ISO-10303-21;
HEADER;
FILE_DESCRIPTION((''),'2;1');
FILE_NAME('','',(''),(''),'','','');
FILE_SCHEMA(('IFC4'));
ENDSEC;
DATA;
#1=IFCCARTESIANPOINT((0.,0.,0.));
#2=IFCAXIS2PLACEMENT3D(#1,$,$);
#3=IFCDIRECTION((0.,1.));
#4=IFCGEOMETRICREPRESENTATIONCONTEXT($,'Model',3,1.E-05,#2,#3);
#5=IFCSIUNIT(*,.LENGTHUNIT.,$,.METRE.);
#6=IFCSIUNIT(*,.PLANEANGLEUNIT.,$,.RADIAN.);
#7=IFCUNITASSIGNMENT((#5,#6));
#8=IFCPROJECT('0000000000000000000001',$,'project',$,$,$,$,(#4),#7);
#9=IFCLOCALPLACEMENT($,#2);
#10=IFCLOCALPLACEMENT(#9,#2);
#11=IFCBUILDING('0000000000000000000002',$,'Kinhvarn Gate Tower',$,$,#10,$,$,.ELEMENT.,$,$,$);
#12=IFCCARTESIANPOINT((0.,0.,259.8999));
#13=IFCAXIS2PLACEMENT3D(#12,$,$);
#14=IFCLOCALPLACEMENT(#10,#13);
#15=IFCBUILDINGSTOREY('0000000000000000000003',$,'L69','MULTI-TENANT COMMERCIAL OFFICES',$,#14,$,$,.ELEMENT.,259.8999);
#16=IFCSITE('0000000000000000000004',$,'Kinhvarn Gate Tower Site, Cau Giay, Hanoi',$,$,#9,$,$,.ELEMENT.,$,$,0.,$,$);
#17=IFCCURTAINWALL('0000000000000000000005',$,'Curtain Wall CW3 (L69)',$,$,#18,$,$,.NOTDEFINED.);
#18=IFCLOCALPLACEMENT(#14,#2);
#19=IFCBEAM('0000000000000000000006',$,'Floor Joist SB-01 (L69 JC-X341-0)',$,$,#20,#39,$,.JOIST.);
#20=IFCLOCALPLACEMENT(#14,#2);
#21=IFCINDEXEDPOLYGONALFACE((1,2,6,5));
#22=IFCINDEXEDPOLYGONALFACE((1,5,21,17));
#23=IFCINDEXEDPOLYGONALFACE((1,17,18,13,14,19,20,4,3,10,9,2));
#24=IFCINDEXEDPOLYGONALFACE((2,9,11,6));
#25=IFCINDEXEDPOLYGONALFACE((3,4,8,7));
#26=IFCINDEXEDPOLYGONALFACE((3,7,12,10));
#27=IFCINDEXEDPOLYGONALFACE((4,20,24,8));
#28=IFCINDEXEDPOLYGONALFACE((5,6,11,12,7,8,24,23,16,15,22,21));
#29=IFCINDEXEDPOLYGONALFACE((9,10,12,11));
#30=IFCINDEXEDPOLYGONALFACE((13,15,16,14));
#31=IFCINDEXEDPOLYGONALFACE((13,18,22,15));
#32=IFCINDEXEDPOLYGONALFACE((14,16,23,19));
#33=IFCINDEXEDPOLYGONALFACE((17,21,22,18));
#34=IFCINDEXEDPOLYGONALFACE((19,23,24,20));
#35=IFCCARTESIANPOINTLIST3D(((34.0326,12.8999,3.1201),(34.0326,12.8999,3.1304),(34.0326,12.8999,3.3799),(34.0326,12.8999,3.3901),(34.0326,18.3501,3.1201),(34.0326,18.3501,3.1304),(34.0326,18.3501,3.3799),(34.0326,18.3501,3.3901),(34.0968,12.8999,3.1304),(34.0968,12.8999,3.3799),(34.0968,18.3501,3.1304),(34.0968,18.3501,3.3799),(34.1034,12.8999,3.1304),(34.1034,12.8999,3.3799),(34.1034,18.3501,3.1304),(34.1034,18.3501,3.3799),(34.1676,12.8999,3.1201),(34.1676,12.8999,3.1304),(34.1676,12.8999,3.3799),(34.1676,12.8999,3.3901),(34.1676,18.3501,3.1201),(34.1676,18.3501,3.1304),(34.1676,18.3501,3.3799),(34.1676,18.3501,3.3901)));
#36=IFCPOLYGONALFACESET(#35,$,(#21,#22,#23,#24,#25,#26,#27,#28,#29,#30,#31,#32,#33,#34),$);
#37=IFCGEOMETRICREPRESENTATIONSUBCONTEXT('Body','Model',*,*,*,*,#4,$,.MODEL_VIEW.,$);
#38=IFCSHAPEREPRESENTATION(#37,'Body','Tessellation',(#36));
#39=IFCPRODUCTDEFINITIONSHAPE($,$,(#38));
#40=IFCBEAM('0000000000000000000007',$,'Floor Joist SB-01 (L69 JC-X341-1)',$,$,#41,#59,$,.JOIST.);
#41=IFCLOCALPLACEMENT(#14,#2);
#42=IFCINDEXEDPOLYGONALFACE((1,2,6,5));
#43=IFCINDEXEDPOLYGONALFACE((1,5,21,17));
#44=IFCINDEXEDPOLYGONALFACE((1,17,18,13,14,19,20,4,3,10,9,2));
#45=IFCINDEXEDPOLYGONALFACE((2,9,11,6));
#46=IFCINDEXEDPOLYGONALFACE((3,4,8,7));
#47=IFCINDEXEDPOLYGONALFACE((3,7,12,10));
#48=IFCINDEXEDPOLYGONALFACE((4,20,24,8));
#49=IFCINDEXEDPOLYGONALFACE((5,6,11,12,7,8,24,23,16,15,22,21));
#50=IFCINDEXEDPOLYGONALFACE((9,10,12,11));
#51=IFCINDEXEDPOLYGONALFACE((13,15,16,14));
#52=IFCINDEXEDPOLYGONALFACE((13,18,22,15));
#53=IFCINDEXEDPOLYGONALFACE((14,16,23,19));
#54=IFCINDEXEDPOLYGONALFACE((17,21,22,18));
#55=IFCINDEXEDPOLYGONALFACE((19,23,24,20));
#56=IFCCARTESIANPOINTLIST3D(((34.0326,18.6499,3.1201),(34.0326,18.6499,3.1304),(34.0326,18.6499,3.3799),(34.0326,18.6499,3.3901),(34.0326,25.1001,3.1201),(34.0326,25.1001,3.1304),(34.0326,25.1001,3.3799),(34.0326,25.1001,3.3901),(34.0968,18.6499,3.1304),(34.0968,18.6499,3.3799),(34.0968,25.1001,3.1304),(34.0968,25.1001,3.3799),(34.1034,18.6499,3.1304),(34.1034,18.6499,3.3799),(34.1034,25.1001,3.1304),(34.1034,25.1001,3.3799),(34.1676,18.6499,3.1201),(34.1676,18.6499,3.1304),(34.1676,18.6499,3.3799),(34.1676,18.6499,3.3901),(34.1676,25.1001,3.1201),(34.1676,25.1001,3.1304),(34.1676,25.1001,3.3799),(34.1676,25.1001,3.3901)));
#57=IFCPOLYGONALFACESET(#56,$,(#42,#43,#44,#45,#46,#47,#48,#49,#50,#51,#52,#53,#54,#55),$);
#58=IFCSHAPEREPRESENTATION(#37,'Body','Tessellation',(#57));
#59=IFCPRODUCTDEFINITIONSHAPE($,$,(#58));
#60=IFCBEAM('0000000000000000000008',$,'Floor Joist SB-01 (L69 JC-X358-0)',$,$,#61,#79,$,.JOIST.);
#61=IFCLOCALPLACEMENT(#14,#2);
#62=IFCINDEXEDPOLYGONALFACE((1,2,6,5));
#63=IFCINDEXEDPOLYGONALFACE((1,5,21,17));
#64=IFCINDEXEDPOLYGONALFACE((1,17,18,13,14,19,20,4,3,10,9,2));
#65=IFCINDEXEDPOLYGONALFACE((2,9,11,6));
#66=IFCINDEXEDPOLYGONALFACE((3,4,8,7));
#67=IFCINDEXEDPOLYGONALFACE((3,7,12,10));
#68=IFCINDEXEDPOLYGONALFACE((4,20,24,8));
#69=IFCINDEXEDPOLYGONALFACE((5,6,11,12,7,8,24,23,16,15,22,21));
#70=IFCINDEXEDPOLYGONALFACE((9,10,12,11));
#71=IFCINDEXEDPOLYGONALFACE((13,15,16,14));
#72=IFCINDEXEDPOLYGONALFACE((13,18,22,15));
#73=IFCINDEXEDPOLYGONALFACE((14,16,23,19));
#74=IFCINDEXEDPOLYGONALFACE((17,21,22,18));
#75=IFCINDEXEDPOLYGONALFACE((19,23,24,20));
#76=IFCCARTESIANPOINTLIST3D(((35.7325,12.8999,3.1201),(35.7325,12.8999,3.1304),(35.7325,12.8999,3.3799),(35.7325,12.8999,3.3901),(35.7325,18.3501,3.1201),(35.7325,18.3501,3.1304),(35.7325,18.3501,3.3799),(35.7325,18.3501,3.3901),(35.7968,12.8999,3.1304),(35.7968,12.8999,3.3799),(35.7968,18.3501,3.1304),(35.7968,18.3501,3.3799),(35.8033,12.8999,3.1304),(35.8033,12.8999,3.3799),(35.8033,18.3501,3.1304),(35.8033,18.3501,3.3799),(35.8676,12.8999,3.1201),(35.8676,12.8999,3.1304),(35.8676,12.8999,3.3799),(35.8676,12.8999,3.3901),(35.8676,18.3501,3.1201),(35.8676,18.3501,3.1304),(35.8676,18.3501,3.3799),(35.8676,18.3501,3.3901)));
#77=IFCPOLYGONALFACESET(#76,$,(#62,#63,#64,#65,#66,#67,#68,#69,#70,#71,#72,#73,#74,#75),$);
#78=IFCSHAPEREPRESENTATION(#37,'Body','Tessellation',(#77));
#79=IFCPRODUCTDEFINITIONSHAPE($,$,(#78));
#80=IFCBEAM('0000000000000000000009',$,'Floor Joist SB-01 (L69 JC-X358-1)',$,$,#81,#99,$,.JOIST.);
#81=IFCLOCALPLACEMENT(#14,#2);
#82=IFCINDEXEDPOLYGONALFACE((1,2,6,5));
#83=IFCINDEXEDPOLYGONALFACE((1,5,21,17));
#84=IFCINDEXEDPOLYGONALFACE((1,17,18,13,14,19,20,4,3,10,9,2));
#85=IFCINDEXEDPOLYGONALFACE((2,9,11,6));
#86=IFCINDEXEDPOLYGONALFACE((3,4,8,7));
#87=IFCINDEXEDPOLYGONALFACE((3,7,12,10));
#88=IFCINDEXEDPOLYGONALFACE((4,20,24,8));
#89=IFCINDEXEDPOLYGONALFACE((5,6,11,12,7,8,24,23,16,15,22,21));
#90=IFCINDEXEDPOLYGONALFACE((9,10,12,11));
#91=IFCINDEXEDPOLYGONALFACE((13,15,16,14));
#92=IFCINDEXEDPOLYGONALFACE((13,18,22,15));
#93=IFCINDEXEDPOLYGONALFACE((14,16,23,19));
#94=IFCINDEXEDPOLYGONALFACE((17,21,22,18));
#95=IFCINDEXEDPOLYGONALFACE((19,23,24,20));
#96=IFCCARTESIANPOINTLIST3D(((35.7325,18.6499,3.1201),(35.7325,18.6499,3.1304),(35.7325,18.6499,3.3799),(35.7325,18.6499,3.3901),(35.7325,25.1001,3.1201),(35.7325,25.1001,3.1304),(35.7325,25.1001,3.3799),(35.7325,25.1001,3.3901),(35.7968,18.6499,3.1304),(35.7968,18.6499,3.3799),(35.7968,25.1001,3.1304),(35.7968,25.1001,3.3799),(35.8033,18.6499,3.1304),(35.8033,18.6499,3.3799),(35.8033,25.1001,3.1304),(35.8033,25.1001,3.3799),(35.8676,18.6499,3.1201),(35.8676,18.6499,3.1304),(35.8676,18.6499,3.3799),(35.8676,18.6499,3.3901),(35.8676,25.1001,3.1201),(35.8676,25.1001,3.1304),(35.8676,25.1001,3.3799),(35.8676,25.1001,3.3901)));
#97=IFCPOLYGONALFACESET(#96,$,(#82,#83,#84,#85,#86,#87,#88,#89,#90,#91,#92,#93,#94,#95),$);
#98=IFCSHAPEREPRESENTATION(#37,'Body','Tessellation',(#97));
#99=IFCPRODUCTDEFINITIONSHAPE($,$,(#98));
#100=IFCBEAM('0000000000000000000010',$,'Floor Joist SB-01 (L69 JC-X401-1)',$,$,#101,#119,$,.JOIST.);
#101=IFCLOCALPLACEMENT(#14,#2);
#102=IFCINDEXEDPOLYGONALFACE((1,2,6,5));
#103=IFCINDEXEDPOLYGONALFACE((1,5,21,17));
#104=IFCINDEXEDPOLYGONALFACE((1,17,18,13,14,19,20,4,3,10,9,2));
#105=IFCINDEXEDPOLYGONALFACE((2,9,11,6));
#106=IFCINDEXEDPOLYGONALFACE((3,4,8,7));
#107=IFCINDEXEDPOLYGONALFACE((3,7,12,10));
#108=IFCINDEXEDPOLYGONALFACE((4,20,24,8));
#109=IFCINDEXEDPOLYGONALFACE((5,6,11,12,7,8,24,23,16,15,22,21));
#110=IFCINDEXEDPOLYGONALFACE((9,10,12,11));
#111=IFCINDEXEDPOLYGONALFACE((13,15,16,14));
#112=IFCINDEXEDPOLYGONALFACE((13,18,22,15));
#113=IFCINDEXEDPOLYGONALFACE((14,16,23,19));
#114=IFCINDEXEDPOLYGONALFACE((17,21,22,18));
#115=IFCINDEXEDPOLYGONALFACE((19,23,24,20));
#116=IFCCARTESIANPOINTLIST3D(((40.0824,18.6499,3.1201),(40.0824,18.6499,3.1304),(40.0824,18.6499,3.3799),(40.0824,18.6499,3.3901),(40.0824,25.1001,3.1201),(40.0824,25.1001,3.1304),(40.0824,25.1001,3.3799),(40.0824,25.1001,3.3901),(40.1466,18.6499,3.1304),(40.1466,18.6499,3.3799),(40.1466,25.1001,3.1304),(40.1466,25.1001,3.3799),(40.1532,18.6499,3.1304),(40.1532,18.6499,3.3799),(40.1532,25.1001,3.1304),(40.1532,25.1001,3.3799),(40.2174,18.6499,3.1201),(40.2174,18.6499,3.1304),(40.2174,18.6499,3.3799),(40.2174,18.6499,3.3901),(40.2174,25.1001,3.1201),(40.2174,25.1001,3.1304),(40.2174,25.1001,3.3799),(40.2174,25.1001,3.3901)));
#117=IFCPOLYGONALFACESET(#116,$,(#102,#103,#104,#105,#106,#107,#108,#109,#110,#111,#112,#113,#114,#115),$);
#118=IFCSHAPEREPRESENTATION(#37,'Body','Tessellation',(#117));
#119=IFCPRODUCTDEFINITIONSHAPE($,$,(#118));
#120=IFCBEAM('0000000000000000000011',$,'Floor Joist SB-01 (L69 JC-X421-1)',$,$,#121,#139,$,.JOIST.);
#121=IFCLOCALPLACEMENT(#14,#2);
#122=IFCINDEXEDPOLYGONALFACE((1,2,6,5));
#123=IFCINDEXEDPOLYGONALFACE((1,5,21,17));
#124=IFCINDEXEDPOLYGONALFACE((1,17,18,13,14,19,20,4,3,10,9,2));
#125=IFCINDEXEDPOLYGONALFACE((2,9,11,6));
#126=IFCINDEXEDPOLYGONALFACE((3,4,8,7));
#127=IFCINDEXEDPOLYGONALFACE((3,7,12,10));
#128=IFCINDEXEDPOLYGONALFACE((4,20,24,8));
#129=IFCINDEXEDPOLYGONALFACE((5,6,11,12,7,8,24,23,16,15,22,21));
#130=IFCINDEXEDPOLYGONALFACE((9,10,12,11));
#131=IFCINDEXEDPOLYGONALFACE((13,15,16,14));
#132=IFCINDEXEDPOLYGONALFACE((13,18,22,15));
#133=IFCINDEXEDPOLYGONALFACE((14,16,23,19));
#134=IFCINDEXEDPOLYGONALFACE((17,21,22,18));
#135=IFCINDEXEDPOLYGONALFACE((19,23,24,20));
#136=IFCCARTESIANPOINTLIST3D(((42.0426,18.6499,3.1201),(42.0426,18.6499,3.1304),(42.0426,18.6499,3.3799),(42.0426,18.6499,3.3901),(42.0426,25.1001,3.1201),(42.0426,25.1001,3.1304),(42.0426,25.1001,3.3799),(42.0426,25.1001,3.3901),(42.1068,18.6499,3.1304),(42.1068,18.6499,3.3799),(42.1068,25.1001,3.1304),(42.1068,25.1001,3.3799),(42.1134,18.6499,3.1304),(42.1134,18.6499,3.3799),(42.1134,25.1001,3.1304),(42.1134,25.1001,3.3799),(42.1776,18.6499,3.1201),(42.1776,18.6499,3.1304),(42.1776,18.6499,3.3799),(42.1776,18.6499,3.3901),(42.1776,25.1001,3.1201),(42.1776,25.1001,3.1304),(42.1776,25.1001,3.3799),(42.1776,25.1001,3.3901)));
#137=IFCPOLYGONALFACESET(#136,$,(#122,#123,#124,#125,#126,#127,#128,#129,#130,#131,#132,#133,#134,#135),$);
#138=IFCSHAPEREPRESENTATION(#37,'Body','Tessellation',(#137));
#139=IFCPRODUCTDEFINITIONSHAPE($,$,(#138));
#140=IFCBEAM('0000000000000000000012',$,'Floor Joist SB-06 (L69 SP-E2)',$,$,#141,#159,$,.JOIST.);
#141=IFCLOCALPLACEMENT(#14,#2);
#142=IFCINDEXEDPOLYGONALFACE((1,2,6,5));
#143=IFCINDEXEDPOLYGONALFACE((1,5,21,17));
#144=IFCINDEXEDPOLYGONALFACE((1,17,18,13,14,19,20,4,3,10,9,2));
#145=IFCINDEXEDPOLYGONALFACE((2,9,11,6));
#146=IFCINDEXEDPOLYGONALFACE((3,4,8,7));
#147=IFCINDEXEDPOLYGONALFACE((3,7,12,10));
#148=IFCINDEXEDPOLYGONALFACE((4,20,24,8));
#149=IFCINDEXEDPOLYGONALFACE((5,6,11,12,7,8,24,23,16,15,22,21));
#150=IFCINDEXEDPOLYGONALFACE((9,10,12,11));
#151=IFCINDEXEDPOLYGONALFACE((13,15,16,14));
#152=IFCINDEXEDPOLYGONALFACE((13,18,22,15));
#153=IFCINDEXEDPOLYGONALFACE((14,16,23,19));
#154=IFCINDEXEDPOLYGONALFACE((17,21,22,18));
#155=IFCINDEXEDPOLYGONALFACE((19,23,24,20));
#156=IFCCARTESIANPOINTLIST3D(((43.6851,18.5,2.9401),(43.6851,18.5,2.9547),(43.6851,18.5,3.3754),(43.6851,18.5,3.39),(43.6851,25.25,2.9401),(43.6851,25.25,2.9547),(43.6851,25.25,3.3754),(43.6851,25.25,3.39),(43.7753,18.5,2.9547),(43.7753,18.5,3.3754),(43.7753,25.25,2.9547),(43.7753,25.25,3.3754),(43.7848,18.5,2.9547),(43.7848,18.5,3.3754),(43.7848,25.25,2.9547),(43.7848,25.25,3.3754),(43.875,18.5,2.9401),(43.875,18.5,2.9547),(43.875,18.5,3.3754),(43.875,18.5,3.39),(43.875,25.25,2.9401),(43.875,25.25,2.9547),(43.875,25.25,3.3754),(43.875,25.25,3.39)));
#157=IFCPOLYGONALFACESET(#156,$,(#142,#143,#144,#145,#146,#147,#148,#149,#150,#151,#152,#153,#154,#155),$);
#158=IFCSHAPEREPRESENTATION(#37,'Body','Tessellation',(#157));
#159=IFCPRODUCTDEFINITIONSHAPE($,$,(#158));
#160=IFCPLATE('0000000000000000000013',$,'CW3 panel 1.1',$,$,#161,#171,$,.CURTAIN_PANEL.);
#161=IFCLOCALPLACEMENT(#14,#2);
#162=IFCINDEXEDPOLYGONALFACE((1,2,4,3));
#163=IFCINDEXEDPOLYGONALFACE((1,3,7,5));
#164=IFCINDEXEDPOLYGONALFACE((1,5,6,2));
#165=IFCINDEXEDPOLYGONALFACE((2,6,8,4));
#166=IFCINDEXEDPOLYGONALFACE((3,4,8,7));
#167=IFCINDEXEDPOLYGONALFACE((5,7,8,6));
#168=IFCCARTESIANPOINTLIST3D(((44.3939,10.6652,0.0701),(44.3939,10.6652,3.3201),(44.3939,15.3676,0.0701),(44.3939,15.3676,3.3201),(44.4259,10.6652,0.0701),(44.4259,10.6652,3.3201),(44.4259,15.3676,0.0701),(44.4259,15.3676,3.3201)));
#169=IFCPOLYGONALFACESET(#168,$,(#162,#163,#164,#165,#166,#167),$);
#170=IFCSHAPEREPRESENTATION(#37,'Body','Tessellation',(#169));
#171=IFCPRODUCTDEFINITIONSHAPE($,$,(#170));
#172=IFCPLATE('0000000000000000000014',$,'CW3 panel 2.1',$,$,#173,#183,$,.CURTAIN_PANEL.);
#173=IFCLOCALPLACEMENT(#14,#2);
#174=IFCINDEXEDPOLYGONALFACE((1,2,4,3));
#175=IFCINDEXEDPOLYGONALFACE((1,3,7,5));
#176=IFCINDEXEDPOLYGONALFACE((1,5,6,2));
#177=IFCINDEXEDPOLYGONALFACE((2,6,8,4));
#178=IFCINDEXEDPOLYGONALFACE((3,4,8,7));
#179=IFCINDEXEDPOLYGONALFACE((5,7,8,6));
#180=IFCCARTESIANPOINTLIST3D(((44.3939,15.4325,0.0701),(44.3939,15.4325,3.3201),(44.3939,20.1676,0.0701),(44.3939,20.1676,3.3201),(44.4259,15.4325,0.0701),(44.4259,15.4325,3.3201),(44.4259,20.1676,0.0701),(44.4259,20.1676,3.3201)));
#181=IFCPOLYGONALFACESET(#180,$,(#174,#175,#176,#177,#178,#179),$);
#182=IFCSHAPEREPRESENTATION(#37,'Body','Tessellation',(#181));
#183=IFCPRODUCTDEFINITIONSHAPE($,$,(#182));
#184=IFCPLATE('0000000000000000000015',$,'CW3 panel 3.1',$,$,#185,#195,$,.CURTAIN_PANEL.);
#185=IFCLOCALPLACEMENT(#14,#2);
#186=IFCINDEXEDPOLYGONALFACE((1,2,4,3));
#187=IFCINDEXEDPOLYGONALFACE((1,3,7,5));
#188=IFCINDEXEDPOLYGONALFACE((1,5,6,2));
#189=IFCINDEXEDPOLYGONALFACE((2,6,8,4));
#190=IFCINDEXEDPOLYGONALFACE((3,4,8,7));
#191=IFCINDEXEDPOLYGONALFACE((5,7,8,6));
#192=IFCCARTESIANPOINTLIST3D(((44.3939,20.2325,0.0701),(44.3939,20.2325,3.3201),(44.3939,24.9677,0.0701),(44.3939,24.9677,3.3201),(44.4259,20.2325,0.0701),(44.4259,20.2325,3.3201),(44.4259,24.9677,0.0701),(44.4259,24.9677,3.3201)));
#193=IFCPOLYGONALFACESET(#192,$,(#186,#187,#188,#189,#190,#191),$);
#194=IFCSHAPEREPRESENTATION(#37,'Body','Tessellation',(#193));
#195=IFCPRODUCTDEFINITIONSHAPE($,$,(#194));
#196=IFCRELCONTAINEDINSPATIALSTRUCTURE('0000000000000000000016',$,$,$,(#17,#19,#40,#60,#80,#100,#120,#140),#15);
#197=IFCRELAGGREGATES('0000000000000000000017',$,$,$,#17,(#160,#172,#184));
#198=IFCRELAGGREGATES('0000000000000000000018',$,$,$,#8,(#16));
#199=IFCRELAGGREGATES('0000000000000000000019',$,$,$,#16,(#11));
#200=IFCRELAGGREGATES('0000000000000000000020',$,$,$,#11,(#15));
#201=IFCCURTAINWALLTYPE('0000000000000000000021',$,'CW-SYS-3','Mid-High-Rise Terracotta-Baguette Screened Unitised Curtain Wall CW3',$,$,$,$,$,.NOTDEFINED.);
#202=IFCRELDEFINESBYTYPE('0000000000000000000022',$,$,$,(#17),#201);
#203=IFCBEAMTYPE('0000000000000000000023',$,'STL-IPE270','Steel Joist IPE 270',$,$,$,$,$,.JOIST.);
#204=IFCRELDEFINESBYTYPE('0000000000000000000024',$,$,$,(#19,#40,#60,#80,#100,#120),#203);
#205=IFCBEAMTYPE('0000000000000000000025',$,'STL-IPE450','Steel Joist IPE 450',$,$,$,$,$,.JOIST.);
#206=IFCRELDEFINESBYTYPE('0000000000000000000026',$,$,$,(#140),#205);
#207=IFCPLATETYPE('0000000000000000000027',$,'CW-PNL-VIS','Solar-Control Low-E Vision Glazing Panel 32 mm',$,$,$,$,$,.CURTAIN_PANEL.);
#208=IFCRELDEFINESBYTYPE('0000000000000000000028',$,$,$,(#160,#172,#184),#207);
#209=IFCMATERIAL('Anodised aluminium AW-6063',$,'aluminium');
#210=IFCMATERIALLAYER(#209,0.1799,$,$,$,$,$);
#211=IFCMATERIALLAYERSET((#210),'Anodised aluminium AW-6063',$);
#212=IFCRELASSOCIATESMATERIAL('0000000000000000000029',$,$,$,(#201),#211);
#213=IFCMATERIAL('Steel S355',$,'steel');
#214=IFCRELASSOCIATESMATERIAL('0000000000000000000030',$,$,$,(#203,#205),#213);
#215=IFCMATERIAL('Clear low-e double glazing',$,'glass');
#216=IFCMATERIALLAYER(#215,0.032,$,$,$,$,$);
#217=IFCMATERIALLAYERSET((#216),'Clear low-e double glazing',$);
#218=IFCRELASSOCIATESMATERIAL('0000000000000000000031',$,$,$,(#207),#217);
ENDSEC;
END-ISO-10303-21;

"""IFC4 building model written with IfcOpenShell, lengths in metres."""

from ifc_helpers import new_model, si_unit, direction, frame, origin, origin_2d, place, context, subcontext, project, spatial, rectangle, i_section, extrude, material, layer, layer_set, material_profile, profile_set, type_object, element, aggregate, save


model = new_model("IFC4")

# Units and contexts
model_context = context("Model", 3, precision=1e-05, world=origin(), true_north=direction((0.0, 1.0)))
body_context = subcontext(model_context, "Body", "Model", "MODEL_VIEW")
ifc_project = project(units=[si_unit("LENGTHUNIT", "METRE"), si_unit("PLANEANGLEUNIT", "RADIAN")], contexts=[model_context])

# Site, building, storey
site_placement = place(None, origin())
site = spatial("IfcSite", under=ifc_project, at=site_placement, Name="Kinhvarn Gate Tower Site, Cau Giay, Hanoi", CompositionType="ELEMENT", RefElevation=0.0)
building_placement = place(site_placement, origin())
building = spatial("IfcBuilding", under=site, at=building_placement, Name="Kinhvarn Gate Tower", CompositionType="ELEMENT")
storey_placement = place(building_placement, frame((0.0, 0.0, 259.8999)))
storey = spatial("IfcBuildingStorey", under=building, at=storey_placement, Name="L69", Description="MULTI-TENANT COMMERCIAL OFFICES", CompositionType="ELEMENT", Elevation=259.8999)

# Curtain wall
ifc_material_1 = material(Name="Anodised aluminium AW-6063", Category="aluminium")
ifc_layer_1 = layer(ifc_material_1, 0.1799)
ifc_layer_set_1 = layer_set([ifc_layer_1], Name="Anodised aluminium AW-6063")
curtain_wall_type = type_object("IfcCurtainWallType", Name="CW-SYS-3", Description="Mid-High-Rise Terracotta-Baguette Screened Unitised Curtain Wall CW3", PredefinedType="NOTDEFINED", material=ifc_layer_set_1)
curtain_wall_placement = place(storey_placement, origin())
curtain_wall = element("IfcCurtainWall", 1, at=curtain_wall_placement, inside=storey, type_object=curtain_wall_type, Name="Curtain Wall CW3 (L69)", PredefinedType="NOTDEFINED")

# Beams
ifc_material_2 = material(Name="Steel S355", Category="steel")
ifc_material_profile_1 = material_profile(ifc_material_2, i_section(OverallWidth=0.135, OverallDepth=0.27, WebThickness=0.0066, FlangeThickness=0.0103, at=origin_2d()), Name="IPE 270")
ifc_profile_set_1 = profile_set([ifc_material_profile_1], Name="Steel S355")
beam_type_1 = type_object("IfcBeamType", Name="STL-IPE270", Description="Steel Joist IPE 270", PredefinedType="JOIST", material=ifc_profile_set_1)
beam_1_placement = place(storey_placement, frame((34.1001, 12.8999, 3.2551), z_axis=(0.0, 1.0, 0.0), x_axis=(-1.0, 0.0, 0.0)))
element("IfcBeam", 2, at=beam_1_placement, inside=storey, type_object=beam_type_1, Name="Floor Joist SB-01 (L69 JC-X341-0)", PredefinedType="JOIST", context=body_context, shape_type="SweptSolid", body=[
    extrude(i_section(OverallWidth=0.135, OverallDepth=0.27, WebThickness=0.0066, FlangeThickness=0.0103, at=origin_2d()), origin(), (0.0, 0.0, 1.0), 5.4502),
])
beam_2_placement = place(storey_placement, frame((34.1001, 18.6499, 3.2551), z_axis=(0.0, 1.0, 0.0), x_axis=(-1.0, 0.0, 0.0)))
element("IfcBeam", 3, at=beam_2_placement, inside=storey, type_object=beam_type_1, Name="Floor Joist SB-01 (L69 JC-X341-1)", PredefinedType="JOIST", context=body_context, shape_type="SweptSolid", body=[
    extrude(i_section(OverallWidth=0.135, OverallDepth=0.27, WebThickness=0.0066, FlangeThickness=0.0103, at=origin_2d()), origin(), (0.0, 0.0, 1.0), 6.4502),
])
beam_3_placement = place(storey_placement, frame((35.8, 12.8999, 3.2551), z_axis=(0.0, 1.0, 0.0), x_axis=(-1.0, 0.0, 0.0)))
element("IfcBeam", 4, at=beam_3_placement, inside=storey, type_object=beam_type_1, Name="Floor Joist SB-01 (L69 JC-X358-0)", PredefinedType="JOIST", context=body_context, shape_type="SweptSolid", body=[
    extrude(i_section(OverallWidth=0.135, OverallDepth=0.27, WebThickness=0.0066, FlangeThickness=0.0103, at=origin_2d()), origin(), (0.0, 0.0, 1.0), 5.4502),
])
for number, where, z_axis, x_axis, name in (
    (5, (35.8, 18.6499, 3.2551), (0.0, 1.0, 0.0), (-1.0, 0.0, 0.0), "Floor Joist SB-01 (L69 JC-X358-1)"),
    (6, (40.1499, 18.6499, 3.2551), (0.0, 1.0, 0.0), (-1.0, 0.0, 0.0), "Floor Joist SB-01 (L69 JC-X401-1)"),
    (7, (42.1101, 18.6499, 3.2551), (0.0, 1.0, 0.0), (-1.0, 0.0, 0.0), "Floor Joist SB-01 (L69 JC-X421-1)"),
):
    element("IfcBeam", number, at=place(storey_placement, frame(where, z_axis=z_axis, x_axis=x_axis)), inside=storey, type_object=beam_type_1, Name=name, PredefinedType="JOIST", context=body_context, shape_type="SweptSolid", body=[
        extrude(i_section(OverallWidth=0.135, OverallDepth=0.27, WebThickness=0.0066, FlangeThickness=0.0103, at=origin_2d()), origin(), (0.0, 0.0, 1.0), 6.4502),
    ])
ifc_material_profile_2 = material_profile(ifc_material_2, i_section(OverallWidth=0.1899, OverallDepth=0.45, WebThickness=0.0095, FlangeThickness=0.0146, at=origin_2d()), Name="IPE 450")
ifc_profile_set_2 = profile_set([ifc_material_profile_2], Name="Steel S355")
beam_type_2 = type_object("IfcBeamType", Name="STL-IPE450", Description="Steel Joist IPE 450", PredefinedType="JOIST", material=ifc_profile_set_2)
beam_4_placement = place(storey_placement, frame((43.78, 18.5, 3.165), z_axis=(0.0, 1.0, 0.0), x_axis=(-1.0, 0.0, 0.0)))
element("IfcBeam", 8, at=beam_4_placement, inside=storey, type_object=beam_type_2, Name="Floor Joist SB-06 (L69 SP-E2)", PredefinedType="JOIST", context=body_context, shape_type="SweptSolid", body=[
    extrude(i_section(OverallWidth=0.1899, OverallDepth=0.45, WebThickness=0.0095, FlangeThickness=0.0146, at=origin_2d()), origin(), (0.0, 0.0, 1.0), 6.75),
])

# Plates
ifc_material_3 = material(Name="Clear low-e double glazing", Category="glass")
ifc_layer_2 = layer(ifc_material_3, 0.032)
ifc_layer_set_2 = layer_set([ifc_layer_2], Name="Clear low-e double glazing")
plate_type = type_object("IfcPlateType", Name="CW-PNL-VIS", Description="Solar-Control Low-E Vision Glazing Panel 32 mm", PredefinedType="CURTAIN_PANEL", material=ifc_layer_set_2)
plate_1_placement = place(storey_placement, frame((44.4099, 13.0164, 0.0701), z_axis=(0.0, 0.0, 1.0), x_axis=(0.0, 1.0, 0.0)))
plate_1 = element("IfcPlate", 9, at=plate_1_placement, type_object=plate_type, Name="CW3 panel 1.1", PredefinedType="CURTAIN_PANEL", context=body_context, shape_type="SweptSolid", body=[
    extrude(rectangle(XDim=4.7024, YDim=0.032, at=origin_2d()), origin(), (0.0, 0.0, 1.0), 3.25),
])
plate_2_placement = place(storey_placement, frame((44.4099, 17.8, 0.0701), z_axis=(0.0, 0.0, 1.0), x_axis=(0.0, 1.0, 0.0)))
plate_2 = element("IfcPlate", 10, at=plate_2_placement, type_object=plate_type, Name="CW3 panel 2.1", PredefinedType="CURTAIN_PANEL", context=body_context, shape_type="SweptSolid", body=[
    extrude(rectangle(XDim=4.7351, YDim=0.032, at=origin_2d()), origin(), (0.0, 0.0, 1.0), 3.25),
])
plate_3_placement = place(storey_placement, frame((44.4099, 22.6001, 0.0701), z_axis=(0.0, 0.0, 1.0), x_axis=(0.0, 1.0, 0.0)))
plate_3 = element("IfcPlate", 11, at=plate_3_placement, type_object=plate_type, Name="CW3 panel 3.1", PredefinedType="CURTAIN_PANEL", context=body_context, shape_type="SweptSolid", body=[
    extrude(rectangle(XDim=4.7351, YDim=0.032, at=origin_2d()), origin(), (0.0, 0.0, 1.0), 3.25),
])
aggregate(curtain_wall, [plate_1, plate_2, plate_3])

save(model, "model.ifc")
